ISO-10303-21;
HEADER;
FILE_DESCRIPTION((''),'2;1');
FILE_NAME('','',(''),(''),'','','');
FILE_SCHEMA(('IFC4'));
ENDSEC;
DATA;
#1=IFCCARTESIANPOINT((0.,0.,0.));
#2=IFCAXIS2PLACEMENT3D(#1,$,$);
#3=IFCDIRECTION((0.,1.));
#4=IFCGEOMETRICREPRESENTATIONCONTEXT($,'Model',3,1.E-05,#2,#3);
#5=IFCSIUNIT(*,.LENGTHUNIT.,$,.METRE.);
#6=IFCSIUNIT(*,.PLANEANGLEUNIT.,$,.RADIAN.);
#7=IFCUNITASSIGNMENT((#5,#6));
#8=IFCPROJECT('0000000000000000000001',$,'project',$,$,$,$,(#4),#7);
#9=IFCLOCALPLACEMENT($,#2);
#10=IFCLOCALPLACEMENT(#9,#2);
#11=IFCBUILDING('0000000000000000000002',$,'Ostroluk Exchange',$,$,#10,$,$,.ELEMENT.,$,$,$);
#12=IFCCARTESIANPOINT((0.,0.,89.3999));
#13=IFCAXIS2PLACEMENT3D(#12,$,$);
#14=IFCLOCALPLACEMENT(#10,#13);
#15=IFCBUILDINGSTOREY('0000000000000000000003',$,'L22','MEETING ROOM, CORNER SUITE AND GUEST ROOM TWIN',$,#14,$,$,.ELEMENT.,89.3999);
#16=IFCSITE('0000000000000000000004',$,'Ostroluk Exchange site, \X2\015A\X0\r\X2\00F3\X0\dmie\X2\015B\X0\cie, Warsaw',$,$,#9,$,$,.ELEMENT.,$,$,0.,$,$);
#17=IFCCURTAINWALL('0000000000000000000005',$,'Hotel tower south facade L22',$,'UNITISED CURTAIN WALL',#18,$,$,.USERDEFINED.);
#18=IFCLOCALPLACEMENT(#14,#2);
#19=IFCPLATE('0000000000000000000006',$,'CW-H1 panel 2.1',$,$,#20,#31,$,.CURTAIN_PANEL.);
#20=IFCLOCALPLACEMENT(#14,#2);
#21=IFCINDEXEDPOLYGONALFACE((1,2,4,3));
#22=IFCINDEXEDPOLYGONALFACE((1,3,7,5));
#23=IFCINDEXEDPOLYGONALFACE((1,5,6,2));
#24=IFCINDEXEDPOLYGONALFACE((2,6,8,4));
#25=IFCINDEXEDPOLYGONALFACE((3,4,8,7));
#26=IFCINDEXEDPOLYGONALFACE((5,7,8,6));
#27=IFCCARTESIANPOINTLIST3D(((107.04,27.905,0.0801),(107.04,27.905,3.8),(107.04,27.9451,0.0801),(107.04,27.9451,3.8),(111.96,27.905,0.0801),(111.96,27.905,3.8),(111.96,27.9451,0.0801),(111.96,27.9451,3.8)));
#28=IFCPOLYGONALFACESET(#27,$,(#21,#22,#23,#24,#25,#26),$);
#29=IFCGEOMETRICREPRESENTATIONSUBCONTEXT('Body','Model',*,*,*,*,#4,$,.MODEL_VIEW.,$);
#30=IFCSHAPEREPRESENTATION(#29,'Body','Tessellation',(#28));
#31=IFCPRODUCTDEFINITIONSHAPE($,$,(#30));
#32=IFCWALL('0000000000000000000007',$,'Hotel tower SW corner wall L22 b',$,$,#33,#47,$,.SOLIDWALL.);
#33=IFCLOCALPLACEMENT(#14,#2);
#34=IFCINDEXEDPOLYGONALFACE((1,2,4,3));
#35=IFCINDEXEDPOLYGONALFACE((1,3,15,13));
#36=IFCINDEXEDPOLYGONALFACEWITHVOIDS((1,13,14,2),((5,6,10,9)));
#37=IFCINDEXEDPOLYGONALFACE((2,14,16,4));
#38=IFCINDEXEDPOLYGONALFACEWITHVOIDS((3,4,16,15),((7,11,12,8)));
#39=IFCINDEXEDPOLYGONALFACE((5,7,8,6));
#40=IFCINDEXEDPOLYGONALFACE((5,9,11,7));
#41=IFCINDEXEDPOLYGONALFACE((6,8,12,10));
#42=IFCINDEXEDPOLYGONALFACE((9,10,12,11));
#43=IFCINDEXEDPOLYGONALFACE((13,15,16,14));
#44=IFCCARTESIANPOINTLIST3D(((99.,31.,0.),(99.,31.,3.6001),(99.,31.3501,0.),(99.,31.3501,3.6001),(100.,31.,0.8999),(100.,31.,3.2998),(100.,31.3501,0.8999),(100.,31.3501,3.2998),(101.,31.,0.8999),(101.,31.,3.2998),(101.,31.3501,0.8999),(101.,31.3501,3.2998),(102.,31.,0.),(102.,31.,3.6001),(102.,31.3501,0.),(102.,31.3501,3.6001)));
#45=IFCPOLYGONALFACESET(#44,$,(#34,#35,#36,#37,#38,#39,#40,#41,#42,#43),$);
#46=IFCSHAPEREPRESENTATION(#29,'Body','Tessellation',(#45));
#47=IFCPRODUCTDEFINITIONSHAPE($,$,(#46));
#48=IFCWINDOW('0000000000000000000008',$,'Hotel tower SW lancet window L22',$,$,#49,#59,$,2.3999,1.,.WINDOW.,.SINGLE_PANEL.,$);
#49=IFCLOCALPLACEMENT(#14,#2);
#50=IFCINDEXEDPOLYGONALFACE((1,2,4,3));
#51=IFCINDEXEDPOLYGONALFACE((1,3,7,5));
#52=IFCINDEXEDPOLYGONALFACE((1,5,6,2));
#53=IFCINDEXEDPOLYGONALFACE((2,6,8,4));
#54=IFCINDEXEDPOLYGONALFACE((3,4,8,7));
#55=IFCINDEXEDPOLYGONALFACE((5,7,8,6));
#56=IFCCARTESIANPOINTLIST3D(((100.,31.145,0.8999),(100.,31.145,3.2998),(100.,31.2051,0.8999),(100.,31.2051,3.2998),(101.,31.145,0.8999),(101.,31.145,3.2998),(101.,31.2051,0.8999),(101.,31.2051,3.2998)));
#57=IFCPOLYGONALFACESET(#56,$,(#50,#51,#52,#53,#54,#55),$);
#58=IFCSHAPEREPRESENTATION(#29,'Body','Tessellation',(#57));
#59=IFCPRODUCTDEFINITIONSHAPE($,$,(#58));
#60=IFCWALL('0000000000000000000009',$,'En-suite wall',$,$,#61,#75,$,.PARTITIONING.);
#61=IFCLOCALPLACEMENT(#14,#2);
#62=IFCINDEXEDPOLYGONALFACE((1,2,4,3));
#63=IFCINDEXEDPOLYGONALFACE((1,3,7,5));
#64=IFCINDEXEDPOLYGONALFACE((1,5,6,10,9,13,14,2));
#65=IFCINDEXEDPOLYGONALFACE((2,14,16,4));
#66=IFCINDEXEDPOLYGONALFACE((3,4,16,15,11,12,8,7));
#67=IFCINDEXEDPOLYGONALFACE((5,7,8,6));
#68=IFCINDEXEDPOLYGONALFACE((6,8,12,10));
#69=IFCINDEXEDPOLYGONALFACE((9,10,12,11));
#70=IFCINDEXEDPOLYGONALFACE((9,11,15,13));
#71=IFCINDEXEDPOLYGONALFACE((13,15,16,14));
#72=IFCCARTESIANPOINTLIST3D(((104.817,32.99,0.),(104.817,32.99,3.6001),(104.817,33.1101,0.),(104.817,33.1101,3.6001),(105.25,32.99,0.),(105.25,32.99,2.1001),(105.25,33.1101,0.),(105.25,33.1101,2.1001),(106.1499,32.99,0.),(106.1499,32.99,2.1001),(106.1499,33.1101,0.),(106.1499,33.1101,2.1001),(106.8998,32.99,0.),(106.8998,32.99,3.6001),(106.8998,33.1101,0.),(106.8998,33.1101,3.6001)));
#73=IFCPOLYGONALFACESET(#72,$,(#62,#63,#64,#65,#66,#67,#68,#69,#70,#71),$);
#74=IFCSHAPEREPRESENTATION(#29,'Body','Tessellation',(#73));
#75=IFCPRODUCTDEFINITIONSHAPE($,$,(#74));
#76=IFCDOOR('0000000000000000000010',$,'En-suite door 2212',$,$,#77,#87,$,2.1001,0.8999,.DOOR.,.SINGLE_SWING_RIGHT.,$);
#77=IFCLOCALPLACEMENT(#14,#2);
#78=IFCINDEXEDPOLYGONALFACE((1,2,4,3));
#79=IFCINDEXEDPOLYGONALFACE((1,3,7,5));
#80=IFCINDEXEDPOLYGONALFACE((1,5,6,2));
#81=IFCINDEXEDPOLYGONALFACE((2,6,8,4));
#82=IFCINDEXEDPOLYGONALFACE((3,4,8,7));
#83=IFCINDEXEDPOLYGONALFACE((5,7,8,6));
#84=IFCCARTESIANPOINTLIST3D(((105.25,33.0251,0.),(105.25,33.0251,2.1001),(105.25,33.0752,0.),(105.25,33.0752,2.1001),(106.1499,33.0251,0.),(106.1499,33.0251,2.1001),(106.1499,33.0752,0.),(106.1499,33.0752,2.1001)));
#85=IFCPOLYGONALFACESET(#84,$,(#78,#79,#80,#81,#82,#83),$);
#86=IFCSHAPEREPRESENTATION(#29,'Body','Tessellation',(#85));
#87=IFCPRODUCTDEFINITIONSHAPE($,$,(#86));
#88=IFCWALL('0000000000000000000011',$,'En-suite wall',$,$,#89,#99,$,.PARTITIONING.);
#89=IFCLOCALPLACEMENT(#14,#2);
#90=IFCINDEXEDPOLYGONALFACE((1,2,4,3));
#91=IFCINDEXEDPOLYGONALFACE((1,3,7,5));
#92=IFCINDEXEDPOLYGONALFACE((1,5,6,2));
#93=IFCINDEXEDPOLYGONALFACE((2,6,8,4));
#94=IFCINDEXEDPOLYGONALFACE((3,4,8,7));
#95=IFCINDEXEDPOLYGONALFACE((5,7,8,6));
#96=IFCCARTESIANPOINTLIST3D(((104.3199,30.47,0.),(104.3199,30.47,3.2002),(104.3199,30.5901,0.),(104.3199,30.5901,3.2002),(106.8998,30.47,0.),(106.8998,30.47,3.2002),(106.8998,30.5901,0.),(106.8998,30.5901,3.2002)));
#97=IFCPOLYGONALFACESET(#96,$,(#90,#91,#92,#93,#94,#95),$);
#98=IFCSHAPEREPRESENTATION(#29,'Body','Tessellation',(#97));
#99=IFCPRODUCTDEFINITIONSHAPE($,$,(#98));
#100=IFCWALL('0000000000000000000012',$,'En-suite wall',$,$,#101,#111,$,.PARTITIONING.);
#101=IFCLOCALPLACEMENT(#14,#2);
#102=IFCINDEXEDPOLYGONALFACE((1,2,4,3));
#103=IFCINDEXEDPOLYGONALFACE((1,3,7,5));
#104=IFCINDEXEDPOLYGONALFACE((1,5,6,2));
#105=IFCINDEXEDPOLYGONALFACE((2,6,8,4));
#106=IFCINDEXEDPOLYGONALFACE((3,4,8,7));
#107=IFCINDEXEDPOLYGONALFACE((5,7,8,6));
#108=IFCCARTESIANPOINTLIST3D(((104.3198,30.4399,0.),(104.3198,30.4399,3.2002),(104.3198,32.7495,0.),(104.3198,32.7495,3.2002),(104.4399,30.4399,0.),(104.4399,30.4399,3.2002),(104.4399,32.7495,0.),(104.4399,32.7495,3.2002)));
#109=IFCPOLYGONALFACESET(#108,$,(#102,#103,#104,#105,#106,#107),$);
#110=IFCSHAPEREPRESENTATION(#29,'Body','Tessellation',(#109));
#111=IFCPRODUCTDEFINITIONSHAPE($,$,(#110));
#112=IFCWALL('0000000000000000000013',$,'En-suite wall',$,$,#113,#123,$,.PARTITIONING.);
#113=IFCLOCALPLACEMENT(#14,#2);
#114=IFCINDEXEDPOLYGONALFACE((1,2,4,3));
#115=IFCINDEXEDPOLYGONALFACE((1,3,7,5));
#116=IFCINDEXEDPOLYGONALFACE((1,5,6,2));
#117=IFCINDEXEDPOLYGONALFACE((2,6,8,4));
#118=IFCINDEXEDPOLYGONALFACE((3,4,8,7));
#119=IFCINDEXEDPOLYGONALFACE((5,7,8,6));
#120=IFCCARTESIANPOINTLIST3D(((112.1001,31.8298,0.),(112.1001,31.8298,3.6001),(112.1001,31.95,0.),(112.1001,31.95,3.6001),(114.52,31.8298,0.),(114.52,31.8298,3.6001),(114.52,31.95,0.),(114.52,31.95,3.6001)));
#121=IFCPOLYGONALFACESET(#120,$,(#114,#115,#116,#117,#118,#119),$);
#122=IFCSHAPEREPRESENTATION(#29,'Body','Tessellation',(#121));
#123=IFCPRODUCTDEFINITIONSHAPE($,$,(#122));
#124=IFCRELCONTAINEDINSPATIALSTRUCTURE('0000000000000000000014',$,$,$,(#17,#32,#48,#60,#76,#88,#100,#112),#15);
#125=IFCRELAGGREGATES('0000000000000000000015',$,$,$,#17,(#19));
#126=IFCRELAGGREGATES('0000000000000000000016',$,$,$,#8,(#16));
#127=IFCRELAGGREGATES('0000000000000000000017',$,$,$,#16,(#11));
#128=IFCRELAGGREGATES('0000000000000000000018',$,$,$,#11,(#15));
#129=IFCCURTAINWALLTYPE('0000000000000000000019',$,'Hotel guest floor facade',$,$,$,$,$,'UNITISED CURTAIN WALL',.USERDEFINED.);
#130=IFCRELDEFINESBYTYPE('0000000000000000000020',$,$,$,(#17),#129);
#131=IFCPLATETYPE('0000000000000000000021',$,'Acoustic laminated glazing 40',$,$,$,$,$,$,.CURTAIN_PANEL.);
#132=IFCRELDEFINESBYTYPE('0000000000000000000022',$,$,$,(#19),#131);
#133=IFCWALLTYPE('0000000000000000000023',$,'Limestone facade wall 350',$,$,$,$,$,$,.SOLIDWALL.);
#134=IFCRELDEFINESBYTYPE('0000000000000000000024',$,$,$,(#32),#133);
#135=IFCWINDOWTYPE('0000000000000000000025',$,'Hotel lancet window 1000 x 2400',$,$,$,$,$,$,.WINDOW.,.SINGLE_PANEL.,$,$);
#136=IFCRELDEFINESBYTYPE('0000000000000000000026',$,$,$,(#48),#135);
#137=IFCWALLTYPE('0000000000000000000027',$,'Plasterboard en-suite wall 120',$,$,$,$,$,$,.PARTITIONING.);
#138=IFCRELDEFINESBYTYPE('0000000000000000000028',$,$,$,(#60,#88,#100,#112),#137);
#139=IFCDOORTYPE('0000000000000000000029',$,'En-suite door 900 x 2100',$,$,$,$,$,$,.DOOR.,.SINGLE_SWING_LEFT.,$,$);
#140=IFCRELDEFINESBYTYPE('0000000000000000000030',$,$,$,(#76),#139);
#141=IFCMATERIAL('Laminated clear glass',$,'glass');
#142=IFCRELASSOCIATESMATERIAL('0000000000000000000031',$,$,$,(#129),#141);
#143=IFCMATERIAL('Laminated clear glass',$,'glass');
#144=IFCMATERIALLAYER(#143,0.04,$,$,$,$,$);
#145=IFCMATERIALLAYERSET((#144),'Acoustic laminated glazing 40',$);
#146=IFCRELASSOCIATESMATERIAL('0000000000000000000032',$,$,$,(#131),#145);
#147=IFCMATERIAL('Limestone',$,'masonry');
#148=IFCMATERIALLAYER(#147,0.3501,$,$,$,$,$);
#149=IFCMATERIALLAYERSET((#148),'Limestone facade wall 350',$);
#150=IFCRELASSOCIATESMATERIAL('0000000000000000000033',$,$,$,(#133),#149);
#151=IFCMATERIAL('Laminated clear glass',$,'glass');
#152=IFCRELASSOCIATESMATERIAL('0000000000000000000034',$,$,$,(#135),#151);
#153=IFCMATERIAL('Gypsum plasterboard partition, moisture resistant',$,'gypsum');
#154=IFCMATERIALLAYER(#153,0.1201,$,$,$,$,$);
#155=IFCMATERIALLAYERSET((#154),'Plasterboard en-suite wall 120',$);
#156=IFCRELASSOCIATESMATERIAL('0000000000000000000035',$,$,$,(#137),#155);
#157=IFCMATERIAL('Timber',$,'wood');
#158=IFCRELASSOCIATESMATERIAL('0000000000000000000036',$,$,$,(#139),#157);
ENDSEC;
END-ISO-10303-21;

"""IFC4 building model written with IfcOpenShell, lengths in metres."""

from ifc_helpers import new_model, si_unit, direction, frame, frame_2d, origin, origin_2d, place, context, subcontext, project, spatial, rectangle, extrude, material, layer, layer_set, type_object, element, fill, aggregate, save


model = new_model("IFC4")

# Units and contexts
model_context = context("Model", 3, precision=1e-05, world=origin(), true_north=direction((0.0, 1.0)))
body_context = subcontext(model_context, "Body", "Model", "MODEL_VIEW")
ifc_project = project(units=[si_unit("LENGTHUNIT", "METRE"), si_unit("PLANEANGLEUNIT", "RADIAN")], contexts=[model_context])

# Site, building, storey
site_placement = place(None, origin())
site = spatial("IfcSite", under=ifc_project, at=site_placement, Name="Ostroluk Exchange site, Śródmieście, Warsaw", CompositionType="ELEMENT", RefElevation=0.0)
building_placement = place(site_placement, origin())
building = spatial("IfcBuilding", under=site, at=building_placement, Name="Ostroluk Exchange", CompositionType="ELEMENT")
storey_placement = place(building_placement, frame((0.0, 0.0, 89.3999)))
storey = spatial("IfcBuildingStorey", under=building, at=storey_placement, Name="L22", Description="MEETING ROOM, CORNER SUITE AND GUEST ROOM TWIN", CompositionType="ELEMENT", Elevation=89.3999)

# Curtain wall, plate
ifc_material_1 = material(Name="Laminated clear glass", Category="glass")
curtain_wall_type = type_object("IfcCurtainWallType", Name="Hotel guest floor facade", ElementType="UNITISED CURTAIN WALL", PredefinedType="USERDEFINED", material=ifc_material_1)
curtain_wall_placement = place(storey_placement, origin())
curtain_wall = element("IfcCurtainWall", 1, at=curtain_wall_placement, inside=storey, type_object=curtain_wall_type, Name="Hotel tower south facade L22", ObjectType="UNITISED CURTAIN WALL", PredefinedType="USERDEFINED")
ifc_material_2 = material(Name="Laminated clear glass", Category="glass")
ifc_layer_1 = layer(ifc_material_2, 0.04)
ifc_layer_set_1 = layer_set([ifc_layer_1], Name="Acoustic laminated glazing 40")
plate_type = type_object("IfcPlateType", Name="Acoustic laminated glazing 40", PredefinedType="CURTAIN_PANEL", material=ifc_layer_set_1)
plate_1_placement = place(storey_placement, frame((109.5, 27.925, 0.0801), z_axis=(0.0, 0.0, 1.0), x_axis=(1.0, 0.0, 0.0)))
plate_1 = element("IfcPlate", 2, at=plate_1_placement, type_object=plate_type, Name="CW-H1 panel 2.1", PredefinedType="CURTAIN_PANEL", context=body_context, shape_type="SweptSolid", body=[
    extrude(rectangle(XDim=4.9199, YDim=0.04, at=origin_2d()), origin(), (0.0, 0.0, 1.0), 3.72),
])
aggregate(curtain_wall, [plate_1])

# Shared definitions
ifc_material_3 = material(Name="Limestone", Category="masonry")
ifc_layer_2 = layer(ifc_material_3, 0.3501)
ifc_layer_set_2 = layer_set([ifc_layer_2], Name="Limestone facade wall 350")
wall_type_1 = type_object("IfcWallType", Name="Limestone facade wall 350", PredefinedType="SOLIDWALL", material=ifc_layer_set_2)

# Wall, opening, window
wall_1_placement = place(storey_placement, frame((102.0, 31.175, 0.0), z_axis=(0.0, 0.0, 1.0), x_axis=(-1.0, 0.0, 0.0)))
wall_1 = element("IfcWall", 3, at=wall_1_placement, inside=storey, type_object=wall_type_1, Name="Hotel tower SW corner wall L22 b", PredefinedType="SOLIDWALL", context=body_context, shape_type="SweptSolid", body=[
    extrude(rectangle(XDim=3.0, YDim=0.3501, at=frame_2d((1.5, 0.0))), origin(), (0.0, 0.0, 1.0), 3.6001),
])
opening_1_placement = place(wall_1_placement, frame((1.0, 0.0, 0.8999)))
opening_1 = element("IfcOpeningElement", 4, at=opening_1_placement, cuts=wall_1, PredefinedType="OPENING", context=body_context, shape_type="SweptSolid", body=[
    extrude(rectangle(XDim=1.0, YDim=2.3999, at=frame_2d((0.5, 1.2))), frame((0.0, 0.1851, 0.0), z_axis=(0.0, -1.0, 0.0), x_axis=(1.0, 0.0, 0.0)), (0.0, 0.0, 1.0), 0.3701),
])
ifc_material_4 = material(Name="Laminated clear glass", Category="glass")
window_type = type_object("IfcWindowType", Name="Hotel lancet window 1000 x 2400", PartitioningType="SINGLE_PANEL", PredefinedType="WINDOW", material=ifc_material_4)
window_placement = place(opening_1_placement, origin())
window = element("IfcWindow", 5, at=window_placement, inside=storey, type_object=window_type, Name="Hotel tower SW lancet window L22", OverallHeight=2.3999, OverallWidth=1.0, PartitioningType="SINGLE_PANEL", PredefinedType="WINDOW", context=body_context, shape_type="SweptSolid", body=[
    extrude(rectangle(XDim=1.0, YDim=2.3999, at=frame_2d((0.5, 1.2))), frame((0.0, 0.03, 0.0), z_axis=(0.0, -1.0, 0.0), x_axis=(1.0, 0.0, 0.0)), (0.0, 0.0, 1.0), 0.0601),
])
fill(opening_1, window)

# Wall, opening, door
ifc_material_5 = material(Name="Gypsum plasterboard partition, moisture resistant", Category="gypsum")
ifc_layer_3 = layer(ifc_material_5, 0.1201)
ifc_layer_set_3 = layer_set([ifc_layer_3], Name="Plasterboard en-suite wall 120")
wall_type_2 = type_object("IfcWallType", Name="Plasterboard en-suite wall 120", PredefinedType="PARTITIONING", material=ifc_layer_set_3)
wall_2_placement = place(storey_placement, frame((106.8999, 33.05, 0.0), z_axis=(0.0, 0.0, 1.0), x_axis=(-1.0, 0.0, 0.0)))
wall_2 = element("IfcWall", 6, at=wall_2_placement, inside=storey, type_object=wall_type_2, Name="En-suite wall", PredefinedType="PARTITIONING", context=body_context, shape_type="SweptSolid", body=[
    extrude(rectangle(XDim=2.0828, YDim=0.1201, at=frame_2d((1.0415, 0.0))), origin(), (0.0, 0.0, 1.0), 3.6001),
])
opening_2_placement = place(wall_2_placement, frame((0.75, 0.0, 0.0)))
opening_2 = element("IfcOpeningElement", 7, at=opening_2_placement, cuts=wall_2, PredefinedType="OPENING", context=body_context, shape_type="SweptSolid", body=[
    extrude(rectangle(XDim=0.8999, YDim=2.1001, at=frame_2d((0.45, 1.05))), frame((0.0, 0.0701, 0.0), z_axis=(0.0, -1.0, 0.0), x_axis=(1.0, 0.0, 0.0)), (0.0, 0.0, 1.0), 0.1401),
])
ifc_material_6 = material(Name="Timber", Category="wood")
door_type_1 = type_object("IfcDoorType", Name="En-suite door 900 x 2100", OperationType="SINGLE_SWING_LEFT", PredefinedType="DOOR", material=ifc_material_6)
door_1_placement = place(opening_2_placement, origin())
door_1 = element("IfcDoor", 8, at=door_1_placement, inside=storey, type_object=door_type_1, Name="En-suite door 2212", OperationType="SINGLE_SWING_RIGHT", OverallHeight=2.1001, OverallWidth=0.8999, PredefinedType="DOOR", context=body_context, shape_type="SweptSolid", body=[
    extrude(rectangle(XDim=0.8999, YDim=2.1001, at=frame_2d((0.45, 1.05))), frame((0.0, 0.0249, 0.0), z_axis=(0.0, -1.0, 0.0), x_axis=(1.0, 0.0, 0.0)), (0.0, 0.0, 1.0), 0.05),
])
fill(opening_2, door_1)

# Walls
wall_3_placement = place(storey_placement, frame((106.8999, 30.53, 0.0), z_axis=(0.0, 0.0, 1.0), x_axis=(-1.0, 0.0, 0.0)))
element("IfcWall", 9, at=wall_3_placement, inside=storey, type_object=wall_type_2, Name="En-suite wall", PredefinedType="PARTITIONING", context=body_context, shape_type="SweptSolid", body=[
    extrude(rectangle(XDim=2.5798, YDim=0.1201, at=frame_2d((1.29, 0.0))), origin(), (0.0, 0.0, 1.0), 3.2002),
])
wall_4_placement = place(storey_placement, frame((104.3799, 32.7495, 0.0), z_axis=(0.0, 0.0, 1.0), x_axis=(0.0, -1.0, 0.0)))
element("IfcWall", 10, at=wall_4_placement, inside=storey, type_object=wall_type_2, Name="En-suite wall", PredefinedType="PARTITIONING", context=body_context, shape_type="SweptSolid", body=[
    extrude(rectangle(XDim=2.3096, YDim=0.1201, at=frame_2d((1.1548, 0.0))), origin(), (0.0, 0.0, 1.0), 3.2002),
])
wall_5_placement = place(storey_placement, frame((112.1001, 31.8899, 0.0), z_axis=(0.0, 0.0, 1.0), x_axis=(1.0, 0.0, 0.0)))
element("IfcWall", 11, at=wall_5_placement, inside=storey, type_object=wall_type_2, Name="En-suite wall", PredefinedType="PARTITIONING", context=body_context, shape_type="SweptSolid", body=[
    extrude(rectangle(XDim=2.4199, YDim=0.1201, at=frame_2d((1.21, 0.0))), origin(), (0.0, 0.0, 1.0), 3.6001),
])

save(model, "model.ifc")
